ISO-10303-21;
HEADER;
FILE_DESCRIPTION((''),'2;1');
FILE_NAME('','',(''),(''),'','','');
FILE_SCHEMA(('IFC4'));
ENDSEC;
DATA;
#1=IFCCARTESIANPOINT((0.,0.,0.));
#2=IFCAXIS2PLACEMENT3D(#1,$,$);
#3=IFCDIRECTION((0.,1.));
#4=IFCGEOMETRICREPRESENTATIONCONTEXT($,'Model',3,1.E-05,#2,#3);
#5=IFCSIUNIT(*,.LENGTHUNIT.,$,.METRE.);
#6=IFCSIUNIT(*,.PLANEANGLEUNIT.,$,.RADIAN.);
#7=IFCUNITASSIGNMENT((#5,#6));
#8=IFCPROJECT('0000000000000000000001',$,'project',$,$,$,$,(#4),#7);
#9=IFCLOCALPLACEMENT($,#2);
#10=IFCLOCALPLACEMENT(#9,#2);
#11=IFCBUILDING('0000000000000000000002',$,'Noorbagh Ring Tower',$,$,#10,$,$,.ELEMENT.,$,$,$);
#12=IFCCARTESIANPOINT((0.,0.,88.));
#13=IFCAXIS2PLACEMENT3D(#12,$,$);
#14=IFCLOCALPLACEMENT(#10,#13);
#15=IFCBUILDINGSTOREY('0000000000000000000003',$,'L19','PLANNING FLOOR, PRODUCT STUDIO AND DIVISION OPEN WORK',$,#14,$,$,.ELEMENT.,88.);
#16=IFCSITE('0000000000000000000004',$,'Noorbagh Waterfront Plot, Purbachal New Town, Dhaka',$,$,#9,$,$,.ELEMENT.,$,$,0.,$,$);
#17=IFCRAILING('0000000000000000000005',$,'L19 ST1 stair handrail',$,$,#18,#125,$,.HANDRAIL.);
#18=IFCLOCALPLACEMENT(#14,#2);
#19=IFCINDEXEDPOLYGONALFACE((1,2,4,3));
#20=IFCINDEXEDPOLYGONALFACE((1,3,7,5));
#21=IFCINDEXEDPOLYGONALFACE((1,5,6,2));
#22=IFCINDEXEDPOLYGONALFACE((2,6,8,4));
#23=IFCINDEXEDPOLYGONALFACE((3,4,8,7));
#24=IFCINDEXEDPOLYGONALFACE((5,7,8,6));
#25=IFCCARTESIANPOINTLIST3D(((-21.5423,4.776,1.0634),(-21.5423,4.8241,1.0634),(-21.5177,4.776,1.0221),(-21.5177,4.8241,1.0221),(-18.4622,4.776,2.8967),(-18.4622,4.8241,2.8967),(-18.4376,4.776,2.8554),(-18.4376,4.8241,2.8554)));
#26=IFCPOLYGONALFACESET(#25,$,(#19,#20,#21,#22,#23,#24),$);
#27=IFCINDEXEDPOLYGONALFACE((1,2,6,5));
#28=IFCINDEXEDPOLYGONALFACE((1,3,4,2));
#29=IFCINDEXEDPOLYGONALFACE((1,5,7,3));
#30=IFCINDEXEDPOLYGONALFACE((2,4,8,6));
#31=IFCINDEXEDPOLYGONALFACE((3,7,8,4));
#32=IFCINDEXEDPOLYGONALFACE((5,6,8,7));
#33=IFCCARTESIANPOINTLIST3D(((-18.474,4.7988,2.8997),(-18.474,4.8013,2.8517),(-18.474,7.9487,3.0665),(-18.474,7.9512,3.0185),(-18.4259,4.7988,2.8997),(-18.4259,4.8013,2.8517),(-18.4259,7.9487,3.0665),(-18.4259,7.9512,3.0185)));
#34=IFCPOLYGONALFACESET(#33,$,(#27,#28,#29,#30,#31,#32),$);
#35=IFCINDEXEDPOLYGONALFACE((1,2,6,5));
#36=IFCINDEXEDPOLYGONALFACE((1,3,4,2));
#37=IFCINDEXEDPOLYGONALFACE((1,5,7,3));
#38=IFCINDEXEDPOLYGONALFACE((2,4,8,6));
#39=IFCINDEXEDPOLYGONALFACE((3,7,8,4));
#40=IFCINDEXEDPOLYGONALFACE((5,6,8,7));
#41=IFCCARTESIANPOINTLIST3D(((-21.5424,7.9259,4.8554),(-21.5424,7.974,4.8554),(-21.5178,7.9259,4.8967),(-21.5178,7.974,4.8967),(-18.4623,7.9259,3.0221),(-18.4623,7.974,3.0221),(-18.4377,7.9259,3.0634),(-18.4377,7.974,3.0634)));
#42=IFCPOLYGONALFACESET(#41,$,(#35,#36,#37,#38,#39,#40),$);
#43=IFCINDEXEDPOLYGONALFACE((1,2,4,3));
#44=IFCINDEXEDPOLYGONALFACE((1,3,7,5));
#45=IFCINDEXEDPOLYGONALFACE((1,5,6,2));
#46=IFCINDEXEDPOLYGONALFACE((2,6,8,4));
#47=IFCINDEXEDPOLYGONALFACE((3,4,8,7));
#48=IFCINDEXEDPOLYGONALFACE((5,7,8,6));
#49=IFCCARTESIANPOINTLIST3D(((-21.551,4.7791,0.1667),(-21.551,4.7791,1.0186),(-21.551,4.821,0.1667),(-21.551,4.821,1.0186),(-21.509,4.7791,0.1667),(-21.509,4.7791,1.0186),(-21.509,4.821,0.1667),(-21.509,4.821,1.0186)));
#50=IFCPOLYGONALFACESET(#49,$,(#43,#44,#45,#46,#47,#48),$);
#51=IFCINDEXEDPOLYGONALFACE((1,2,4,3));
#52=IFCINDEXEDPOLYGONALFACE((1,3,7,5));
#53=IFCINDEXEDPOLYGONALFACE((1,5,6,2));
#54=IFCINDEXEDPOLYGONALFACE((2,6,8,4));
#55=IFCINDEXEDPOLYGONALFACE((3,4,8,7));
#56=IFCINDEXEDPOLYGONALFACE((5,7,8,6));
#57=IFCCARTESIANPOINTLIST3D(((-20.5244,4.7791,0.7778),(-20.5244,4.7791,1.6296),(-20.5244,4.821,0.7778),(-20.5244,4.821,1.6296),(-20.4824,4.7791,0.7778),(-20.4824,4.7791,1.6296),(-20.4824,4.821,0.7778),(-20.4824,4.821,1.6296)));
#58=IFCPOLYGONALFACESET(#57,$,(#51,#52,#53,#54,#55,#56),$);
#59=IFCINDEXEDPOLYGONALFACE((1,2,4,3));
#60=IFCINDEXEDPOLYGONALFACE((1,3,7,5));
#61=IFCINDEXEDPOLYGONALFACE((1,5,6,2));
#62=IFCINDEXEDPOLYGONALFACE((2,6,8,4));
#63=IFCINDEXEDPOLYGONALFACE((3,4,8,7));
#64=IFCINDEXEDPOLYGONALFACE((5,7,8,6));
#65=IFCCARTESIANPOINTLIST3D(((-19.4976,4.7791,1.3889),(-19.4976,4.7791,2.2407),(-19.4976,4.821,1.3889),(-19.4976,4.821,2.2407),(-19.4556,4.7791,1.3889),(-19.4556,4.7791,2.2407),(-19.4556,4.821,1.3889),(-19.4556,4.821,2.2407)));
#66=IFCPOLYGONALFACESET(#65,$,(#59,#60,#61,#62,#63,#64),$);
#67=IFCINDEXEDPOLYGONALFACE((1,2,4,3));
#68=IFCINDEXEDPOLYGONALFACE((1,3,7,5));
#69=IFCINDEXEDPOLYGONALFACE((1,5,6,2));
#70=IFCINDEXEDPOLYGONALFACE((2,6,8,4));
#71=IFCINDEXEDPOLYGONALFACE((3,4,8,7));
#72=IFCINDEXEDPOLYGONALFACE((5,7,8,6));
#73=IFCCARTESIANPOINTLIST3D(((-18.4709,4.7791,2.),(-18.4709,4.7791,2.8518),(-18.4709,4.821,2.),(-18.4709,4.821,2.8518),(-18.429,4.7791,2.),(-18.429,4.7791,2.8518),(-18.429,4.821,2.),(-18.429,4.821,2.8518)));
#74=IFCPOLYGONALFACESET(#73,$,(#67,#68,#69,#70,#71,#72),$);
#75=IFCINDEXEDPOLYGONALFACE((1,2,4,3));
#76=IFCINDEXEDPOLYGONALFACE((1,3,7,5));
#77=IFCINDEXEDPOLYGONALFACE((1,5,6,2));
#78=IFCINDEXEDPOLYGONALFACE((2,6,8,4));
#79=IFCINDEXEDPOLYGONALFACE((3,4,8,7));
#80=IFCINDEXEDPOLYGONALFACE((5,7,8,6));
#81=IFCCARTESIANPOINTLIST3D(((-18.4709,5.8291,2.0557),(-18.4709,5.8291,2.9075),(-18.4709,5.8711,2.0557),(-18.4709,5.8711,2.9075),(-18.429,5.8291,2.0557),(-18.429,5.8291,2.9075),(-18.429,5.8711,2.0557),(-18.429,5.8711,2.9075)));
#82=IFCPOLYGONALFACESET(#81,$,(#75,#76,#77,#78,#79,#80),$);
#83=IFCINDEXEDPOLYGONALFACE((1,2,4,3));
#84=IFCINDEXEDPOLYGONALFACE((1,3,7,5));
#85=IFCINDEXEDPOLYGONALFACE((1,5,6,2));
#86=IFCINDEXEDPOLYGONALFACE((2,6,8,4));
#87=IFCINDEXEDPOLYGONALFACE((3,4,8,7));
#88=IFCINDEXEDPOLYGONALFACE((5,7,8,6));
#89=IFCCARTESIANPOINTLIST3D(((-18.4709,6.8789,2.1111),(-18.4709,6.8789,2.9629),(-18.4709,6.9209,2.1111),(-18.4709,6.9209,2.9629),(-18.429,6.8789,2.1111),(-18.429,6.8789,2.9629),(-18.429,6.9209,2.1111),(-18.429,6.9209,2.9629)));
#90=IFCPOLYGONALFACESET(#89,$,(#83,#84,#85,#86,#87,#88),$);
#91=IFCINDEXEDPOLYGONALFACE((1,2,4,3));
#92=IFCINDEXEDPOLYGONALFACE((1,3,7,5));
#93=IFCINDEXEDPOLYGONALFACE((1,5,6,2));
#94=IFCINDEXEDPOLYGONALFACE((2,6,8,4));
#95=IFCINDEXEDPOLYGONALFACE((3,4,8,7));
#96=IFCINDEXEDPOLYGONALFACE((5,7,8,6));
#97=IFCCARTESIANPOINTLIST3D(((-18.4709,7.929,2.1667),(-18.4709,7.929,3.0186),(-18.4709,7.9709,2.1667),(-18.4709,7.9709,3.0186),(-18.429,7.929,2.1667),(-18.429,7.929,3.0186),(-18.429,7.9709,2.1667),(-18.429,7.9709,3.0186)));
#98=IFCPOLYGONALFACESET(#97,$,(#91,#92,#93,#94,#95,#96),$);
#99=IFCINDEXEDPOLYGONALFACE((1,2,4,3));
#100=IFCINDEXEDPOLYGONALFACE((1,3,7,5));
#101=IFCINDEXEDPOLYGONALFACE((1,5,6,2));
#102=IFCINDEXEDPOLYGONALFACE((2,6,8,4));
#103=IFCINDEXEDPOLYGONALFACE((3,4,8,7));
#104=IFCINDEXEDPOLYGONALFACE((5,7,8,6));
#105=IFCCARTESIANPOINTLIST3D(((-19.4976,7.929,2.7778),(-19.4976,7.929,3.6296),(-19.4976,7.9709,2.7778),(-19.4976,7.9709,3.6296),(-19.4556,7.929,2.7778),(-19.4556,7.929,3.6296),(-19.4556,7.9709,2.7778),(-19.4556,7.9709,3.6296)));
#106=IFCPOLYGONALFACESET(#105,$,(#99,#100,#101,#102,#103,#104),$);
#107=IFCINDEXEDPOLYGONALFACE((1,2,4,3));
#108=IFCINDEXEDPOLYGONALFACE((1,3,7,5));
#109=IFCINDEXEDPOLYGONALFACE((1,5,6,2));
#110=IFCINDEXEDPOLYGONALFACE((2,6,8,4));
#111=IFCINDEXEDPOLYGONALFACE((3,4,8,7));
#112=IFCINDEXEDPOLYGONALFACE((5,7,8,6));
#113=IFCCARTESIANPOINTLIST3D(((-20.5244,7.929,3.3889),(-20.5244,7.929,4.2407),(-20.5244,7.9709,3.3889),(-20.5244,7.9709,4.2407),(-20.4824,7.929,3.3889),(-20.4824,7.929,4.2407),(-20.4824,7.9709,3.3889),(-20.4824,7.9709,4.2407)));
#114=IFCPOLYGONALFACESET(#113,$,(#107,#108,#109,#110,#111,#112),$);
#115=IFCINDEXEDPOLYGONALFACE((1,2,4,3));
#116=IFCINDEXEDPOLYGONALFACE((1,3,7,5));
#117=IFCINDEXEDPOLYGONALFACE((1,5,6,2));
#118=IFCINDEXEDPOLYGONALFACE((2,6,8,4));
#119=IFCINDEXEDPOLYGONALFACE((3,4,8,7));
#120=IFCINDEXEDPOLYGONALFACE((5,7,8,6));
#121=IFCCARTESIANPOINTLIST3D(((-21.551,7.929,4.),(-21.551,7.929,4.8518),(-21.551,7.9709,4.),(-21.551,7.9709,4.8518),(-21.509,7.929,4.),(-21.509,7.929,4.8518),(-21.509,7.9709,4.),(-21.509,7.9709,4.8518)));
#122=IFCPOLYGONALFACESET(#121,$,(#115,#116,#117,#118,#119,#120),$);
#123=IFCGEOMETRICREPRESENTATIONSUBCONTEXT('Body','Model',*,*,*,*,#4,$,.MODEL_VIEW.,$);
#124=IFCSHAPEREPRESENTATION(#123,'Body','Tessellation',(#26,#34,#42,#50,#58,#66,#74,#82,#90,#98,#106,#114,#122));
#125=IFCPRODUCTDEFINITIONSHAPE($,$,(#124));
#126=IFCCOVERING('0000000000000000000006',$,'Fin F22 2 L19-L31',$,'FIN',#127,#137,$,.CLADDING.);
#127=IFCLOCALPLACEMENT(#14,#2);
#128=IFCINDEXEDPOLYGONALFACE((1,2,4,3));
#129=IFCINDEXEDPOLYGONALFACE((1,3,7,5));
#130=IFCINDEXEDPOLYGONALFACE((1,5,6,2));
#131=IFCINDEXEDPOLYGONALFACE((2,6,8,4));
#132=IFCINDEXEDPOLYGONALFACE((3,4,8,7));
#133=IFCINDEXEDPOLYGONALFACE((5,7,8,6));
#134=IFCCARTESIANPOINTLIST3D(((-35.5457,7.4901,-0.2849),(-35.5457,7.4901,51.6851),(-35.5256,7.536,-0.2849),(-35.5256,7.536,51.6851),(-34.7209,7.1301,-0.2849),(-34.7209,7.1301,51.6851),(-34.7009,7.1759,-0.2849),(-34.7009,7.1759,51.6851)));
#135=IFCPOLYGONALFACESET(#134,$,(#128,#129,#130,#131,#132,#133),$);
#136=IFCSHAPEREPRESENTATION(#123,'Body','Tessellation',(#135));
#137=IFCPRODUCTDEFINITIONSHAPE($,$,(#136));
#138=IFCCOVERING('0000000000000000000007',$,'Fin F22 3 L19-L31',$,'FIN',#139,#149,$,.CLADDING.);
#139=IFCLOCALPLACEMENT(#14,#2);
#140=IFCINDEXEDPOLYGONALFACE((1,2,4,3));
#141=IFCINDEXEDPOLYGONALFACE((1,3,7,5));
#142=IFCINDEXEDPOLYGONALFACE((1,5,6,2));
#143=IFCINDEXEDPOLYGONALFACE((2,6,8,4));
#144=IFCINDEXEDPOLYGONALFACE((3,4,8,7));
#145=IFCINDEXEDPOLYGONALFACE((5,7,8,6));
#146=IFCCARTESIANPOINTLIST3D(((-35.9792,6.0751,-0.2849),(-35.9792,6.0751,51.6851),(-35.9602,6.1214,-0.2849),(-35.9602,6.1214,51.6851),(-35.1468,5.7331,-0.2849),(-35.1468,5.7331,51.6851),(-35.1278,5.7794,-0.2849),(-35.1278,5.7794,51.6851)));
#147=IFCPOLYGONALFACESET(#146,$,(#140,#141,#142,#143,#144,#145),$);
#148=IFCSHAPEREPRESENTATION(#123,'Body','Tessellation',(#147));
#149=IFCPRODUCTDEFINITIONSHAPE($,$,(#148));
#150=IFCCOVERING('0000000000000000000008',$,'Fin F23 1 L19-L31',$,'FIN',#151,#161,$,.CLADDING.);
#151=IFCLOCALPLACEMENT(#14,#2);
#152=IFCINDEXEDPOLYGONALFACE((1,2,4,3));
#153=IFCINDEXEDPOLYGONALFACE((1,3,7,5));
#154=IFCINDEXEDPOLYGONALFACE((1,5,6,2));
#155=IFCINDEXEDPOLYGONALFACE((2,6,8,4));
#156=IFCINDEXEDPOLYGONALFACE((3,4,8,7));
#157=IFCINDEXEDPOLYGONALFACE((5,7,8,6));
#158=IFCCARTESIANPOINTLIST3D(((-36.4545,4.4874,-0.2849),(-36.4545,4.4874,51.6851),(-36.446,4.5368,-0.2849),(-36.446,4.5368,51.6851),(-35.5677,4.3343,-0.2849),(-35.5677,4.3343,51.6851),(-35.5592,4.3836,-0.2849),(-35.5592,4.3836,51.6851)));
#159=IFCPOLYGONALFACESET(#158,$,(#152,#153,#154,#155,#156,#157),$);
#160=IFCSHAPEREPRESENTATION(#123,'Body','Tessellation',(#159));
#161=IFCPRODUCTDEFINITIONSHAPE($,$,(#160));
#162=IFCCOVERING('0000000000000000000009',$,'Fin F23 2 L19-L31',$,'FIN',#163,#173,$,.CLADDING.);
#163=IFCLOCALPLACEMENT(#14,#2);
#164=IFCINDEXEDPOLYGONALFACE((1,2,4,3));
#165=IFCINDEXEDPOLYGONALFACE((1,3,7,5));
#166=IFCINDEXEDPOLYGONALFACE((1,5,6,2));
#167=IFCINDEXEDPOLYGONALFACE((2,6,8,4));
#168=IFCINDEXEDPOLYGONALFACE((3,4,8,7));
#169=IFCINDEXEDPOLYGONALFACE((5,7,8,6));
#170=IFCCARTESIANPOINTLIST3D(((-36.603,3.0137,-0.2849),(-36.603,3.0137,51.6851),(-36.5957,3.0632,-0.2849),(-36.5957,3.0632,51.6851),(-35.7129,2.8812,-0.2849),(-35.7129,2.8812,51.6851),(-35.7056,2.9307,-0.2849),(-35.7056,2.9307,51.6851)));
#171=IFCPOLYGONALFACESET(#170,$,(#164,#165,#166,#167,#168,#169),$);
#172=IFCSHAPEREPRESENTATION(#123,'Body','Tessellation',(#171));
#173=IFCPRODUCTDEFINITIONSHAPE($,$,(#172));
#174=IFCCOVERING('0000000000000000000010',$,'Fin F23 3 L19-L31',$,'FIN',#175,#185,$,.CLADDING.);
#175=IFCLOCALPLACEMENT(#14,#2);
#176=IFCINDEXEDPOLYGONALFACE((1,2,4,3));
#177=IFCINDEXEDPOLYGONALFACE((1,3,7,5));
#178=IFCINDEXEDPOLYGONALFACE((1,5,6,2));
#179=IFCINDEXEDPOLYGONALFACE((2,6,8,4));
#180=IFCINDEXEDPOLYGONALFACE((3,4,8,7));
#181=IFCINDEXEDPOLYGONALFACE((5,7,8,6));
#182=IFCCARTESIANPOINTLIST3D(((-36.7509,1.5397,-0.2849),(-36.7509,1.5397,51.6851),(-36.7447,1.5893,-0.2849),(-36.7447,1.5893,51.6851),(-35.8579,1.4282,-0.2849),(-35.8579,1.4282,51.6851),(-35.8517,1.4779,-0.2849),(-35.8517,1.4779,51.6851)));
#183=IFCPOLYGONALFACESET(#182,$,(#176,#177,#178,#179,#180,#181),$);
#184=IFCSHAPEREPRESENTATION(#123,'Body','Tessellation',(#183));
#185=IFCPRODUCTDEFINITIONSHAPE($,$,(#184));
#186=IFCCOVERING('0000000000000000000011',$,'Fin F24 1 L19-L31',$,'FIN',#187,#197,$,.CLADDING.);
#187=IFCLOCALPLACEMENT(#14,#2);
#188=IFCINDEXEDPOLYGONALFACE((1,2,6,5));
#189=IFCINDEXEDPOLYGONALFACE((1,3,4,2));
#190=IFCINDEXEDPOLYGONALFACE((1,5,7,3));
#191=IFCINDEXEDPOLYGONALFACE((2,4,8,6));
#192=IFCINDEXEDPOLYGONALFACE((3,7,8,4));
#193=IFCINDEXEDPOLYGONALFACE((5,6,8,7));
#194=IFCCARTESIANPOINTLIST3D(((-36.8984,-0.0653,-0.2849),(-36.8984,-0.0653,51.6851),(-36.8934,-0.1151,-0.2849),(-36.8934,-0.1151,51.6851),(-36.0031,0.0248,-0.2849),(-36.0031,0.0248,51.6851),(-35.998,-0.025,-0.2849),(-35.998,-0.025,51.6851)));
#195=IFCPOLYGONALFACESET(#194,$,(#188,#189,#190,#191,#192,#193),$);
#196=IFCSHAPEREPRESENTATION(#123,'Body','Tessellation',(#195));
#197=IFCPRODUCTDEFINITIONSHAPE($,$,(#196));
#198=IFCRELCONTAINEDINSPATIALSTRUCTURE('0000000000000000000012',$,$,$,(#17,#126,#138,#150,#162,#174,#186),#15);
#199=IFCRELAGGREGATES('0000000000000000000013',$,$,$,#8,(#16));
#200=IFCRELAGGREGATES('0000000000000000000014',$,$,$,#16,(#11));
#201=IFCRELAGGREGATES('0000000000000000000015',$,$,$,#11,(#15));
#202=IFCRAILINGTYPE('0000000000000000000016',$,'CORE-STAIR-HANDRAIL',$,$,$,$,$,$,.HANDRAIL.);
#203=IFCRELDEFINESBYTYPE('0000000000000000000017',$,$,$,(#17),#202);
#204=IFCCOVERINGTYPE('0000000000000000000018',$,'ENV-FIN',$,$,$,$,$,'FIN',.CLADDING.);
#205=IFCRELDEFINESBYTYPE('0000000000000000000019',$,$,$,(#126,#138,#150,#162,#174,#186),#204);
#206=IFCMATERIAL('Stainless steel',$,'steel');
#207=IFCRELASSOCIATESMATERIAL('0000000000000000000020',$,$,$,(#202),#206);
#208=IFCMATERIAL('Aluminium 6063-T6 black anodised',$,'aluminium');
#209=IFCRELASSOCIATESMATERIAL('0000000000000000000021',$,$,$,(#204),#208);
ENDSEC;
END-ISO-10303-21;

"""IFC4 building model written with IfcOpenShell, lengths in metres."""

from ifc_helpers import new_model, si_unit, direction, frame, origin, origin_2d, place, context, subcontext, project, spatial, rectangle, extrude, material, material_profile, profile_set, type_object, element, save


model = new_model("IFC4")

# Units and contexts
model_context = context("Model", 3, precision=1e-05, world=origin(), true_north=direction((0.0, 1.0)))
body_context = subcontext(model_context, "Body", "Model", "MODEL_VIEW")
ifc_project = project(units=[si_unit("LENGTHUNIT", "METRE"), si_unit("PLANEANGLEUNIT", "RADIAN")], contexts=[model_context])

# Site, building, storey
site_placement = place(None, origin())
site = spatial("IfcSite", under=ifc_project, at=site_placement, Name="Noorbagh Waterfront Plot, Purbachal New Town, Dhaka", CompositionType="ELEMENT", RefElevation=0.0)
building_placement = place(site_placement, origin())
building = spatial("IfcBuilding", under=site, at=building_placement, Name="Noorbagh Ring Tower", CompositionType="ELEMENT")
storey_placement = place(building_placement, frame((0.0, 0.0, 88.0)))
storey = spatial("IfcBuildingStorey", under=building, at=storey_placement, Name="L19", Description="PLANNING FLOOR, PRODUCT STUDIO AND DIVISION OPEN WORK", CompositionType="ELEMENT", Elevation=88.0)

# Railing
ifc_material_1 = material(Name="Stainless steel", Category="steel")
railing_type_1 = type_object("IfcRailingType", Name="CORE-STAIR-HANDRAIL", PredefinedType="HANDRAIL", material=ifc_material_1)
railing_1_placement = place(storey_placement, frame((-21.53, 4.8, 0.1667)))
element("IfcRailing", 1, at=railing_1_placement, inside=storey, type_object=railing_type_1, Name="L19 ST1 stair handrail", PredefinedType="HANDRAIL", context=body_context, shape_type="SweptSolid", body=[
    extrude(rectangle(XDim=0.0481, YDim=0.0481, at=origin_2d()), frame((0.0, 0.0, 0.876), z_axis=(0.859309, 0.0, 0.511458), x_axis=(0.0, 1.0, 0.0)), (0.0, 0.0, 1.0), 3.5845),
    extrude(rectangle(XDim=0.0481, YDim=0.0481, at=origin_2d()), frame((3.0801, 0.0, 2.709), z_axis=(0.0, 0.998602, 0.052864), x_axis=(-1.0, 0.0, 0.0)), (0.0, 0.0, 1.0), 3.1543),
    extrude(rectangle(XDim=0.0481, YDim=0.0481, at=origin_2d()), frame((3.0801, 3.1499, 2.876), z_axis=(-0.859309, 0.0, 0.511458), x_axis=(0.0, -1.0, 0.0)), (0.0, 0.0, 1.0), 3.5845),
    extrude(rectangle(XDim=0.042, YDim=0.042, at=origin_2d()), origin(), (0.0, 0.0, 1.0), 0.8518),
    extrude(rectangle(XDim=0.042, YDim=0.042, at=origin_2d()), frame((1.0266, 0.0, 0.6111)), (0.0, 0.0, 1.0), 0.8518),
    extrude(rectangle(XDim=0.042, YDim=0.042, at=origin_2d()), frame((2.0535, 0.0, 1.2222)), (0.0, 0.0, 1.0), 0.8518),
    extrude(rectangle(XDim=0.042, YDim=0.042, at=origin_2d()), frame((3.0801, 0.0, 1.8333)), (0.0, 0.0, 1.0), 0.8518),
    extrude(rectangle(XDim=0.042, YDim=0.042, at=origin_2d()), frame((3.0801, 1.05, 1.8889)), (0.0, 0.0, 1.0), 0.8518),
    extrude(rectangle(XDim=0.042, YDim=0.042, at=origin_2d()), frame((3.0801, 2.0999, 1.9443)), (0.0, 0.0, 1.0), 0.8518),
    extrude(rectangle(XDim=0.042, YDim=0.042, at=origin_2d()), frame((3.0801, 3.1499, 2.0)), (0.0, 0.0, 1.0), 0.8518),
    extrude(rectangle(XDim=0.042, YDim=0.042, at=origin_2d()), frame((2.0535, 3.1499, 2.6111)), (0.0, 0.0, 1.0), 0.8518),
    extrude(rectangle(XDim=0.042, YDim=0.042, at=origin_2d()), frame((1.0266, 3.1499, 3.2222)), (0.0, 0.0, 1.0), 0.8518),
    extrude(rectangle(XDim=0.042, YDim=0.042, at=origin_2d()), frame((0.0, 3.1499, 3.8333)), (0.0, 0.0, 1.0), 0.8518),
])

# Coverings
ifc_material_2 = material(Name="Aluminium 6063-T6 black anodised", Category="aluminium")
ifc_material_profile_1 = material_profile(ifc_material_2, rectangle(XDim=0.8999, YDim=0.05, at=origin_2d()), Name="900x50")
ifc_profile_set_1 = profile_set([ifc_material_profile_1], Name="Aluminium 6063-T6 black anodised")
covering_type = type_object("IfcCoveringType", Name="ENV-FIN", ElementType="FIN", PredefinedType="CLADDING", material=ifc_profile_set_1)
for number, where, z_axis, x_axis, name in (
    (2, (-35.1233, 7.333, -0.2849), (0.0, 0.0, 1.0), (-0.916475, 0.400092, 0.0), "Fin F22 2 L19-L31"),
    (3, (-35.5535, 5.9272, -0.2849), (0.0, 0.0, 1.0), (-0.925001, 0.379965, 0.0), "Fin F22 3 L19-L31"),
    (4, (-36.0068, 4.4355, -0.2849), (0.0, 0.0, 1.0), (-0.985419, 0.170147, 0.0), "Fin F23 1 L19-L31"),
    (5, (-36.1543, 2.9722, -0.2849), (0.0, 0.0, 1.0), (-0.989103, 0.147226, 0.0), "Fin F23 2 L19-L31"),
    (6, (-36.3013, 1.5088, -0.2849), (0.0, 0.0, 1.0), (-0.992303, 0.123835, 0.0), "Fin F23 3 L19-L31"),
    (7, (-36.4482, -0.0452, -0.2849), (0.0, 0.0, 1.0), (-0.99497, -0.100178, 0.0), "Fin F24 1 L19-L31"),
):
    element("IfcCovering", number, at=place(storey_placement, frame(where, z_axis=z_axis, x_axis=x_axis)), inside=storey, type_object=covering_type, Name=name, ObjectType="FIN", PredefinedType="CLADDING", context=body_context, shape_type="SweptSolid", body=[
        extrude(rectangle(XDim=0.8999, YDim=0.05, at=origin_2d()), origin(), (0.0, 0.0, 1.0), 51.97),
    ])

save(model, "model.ifc")
